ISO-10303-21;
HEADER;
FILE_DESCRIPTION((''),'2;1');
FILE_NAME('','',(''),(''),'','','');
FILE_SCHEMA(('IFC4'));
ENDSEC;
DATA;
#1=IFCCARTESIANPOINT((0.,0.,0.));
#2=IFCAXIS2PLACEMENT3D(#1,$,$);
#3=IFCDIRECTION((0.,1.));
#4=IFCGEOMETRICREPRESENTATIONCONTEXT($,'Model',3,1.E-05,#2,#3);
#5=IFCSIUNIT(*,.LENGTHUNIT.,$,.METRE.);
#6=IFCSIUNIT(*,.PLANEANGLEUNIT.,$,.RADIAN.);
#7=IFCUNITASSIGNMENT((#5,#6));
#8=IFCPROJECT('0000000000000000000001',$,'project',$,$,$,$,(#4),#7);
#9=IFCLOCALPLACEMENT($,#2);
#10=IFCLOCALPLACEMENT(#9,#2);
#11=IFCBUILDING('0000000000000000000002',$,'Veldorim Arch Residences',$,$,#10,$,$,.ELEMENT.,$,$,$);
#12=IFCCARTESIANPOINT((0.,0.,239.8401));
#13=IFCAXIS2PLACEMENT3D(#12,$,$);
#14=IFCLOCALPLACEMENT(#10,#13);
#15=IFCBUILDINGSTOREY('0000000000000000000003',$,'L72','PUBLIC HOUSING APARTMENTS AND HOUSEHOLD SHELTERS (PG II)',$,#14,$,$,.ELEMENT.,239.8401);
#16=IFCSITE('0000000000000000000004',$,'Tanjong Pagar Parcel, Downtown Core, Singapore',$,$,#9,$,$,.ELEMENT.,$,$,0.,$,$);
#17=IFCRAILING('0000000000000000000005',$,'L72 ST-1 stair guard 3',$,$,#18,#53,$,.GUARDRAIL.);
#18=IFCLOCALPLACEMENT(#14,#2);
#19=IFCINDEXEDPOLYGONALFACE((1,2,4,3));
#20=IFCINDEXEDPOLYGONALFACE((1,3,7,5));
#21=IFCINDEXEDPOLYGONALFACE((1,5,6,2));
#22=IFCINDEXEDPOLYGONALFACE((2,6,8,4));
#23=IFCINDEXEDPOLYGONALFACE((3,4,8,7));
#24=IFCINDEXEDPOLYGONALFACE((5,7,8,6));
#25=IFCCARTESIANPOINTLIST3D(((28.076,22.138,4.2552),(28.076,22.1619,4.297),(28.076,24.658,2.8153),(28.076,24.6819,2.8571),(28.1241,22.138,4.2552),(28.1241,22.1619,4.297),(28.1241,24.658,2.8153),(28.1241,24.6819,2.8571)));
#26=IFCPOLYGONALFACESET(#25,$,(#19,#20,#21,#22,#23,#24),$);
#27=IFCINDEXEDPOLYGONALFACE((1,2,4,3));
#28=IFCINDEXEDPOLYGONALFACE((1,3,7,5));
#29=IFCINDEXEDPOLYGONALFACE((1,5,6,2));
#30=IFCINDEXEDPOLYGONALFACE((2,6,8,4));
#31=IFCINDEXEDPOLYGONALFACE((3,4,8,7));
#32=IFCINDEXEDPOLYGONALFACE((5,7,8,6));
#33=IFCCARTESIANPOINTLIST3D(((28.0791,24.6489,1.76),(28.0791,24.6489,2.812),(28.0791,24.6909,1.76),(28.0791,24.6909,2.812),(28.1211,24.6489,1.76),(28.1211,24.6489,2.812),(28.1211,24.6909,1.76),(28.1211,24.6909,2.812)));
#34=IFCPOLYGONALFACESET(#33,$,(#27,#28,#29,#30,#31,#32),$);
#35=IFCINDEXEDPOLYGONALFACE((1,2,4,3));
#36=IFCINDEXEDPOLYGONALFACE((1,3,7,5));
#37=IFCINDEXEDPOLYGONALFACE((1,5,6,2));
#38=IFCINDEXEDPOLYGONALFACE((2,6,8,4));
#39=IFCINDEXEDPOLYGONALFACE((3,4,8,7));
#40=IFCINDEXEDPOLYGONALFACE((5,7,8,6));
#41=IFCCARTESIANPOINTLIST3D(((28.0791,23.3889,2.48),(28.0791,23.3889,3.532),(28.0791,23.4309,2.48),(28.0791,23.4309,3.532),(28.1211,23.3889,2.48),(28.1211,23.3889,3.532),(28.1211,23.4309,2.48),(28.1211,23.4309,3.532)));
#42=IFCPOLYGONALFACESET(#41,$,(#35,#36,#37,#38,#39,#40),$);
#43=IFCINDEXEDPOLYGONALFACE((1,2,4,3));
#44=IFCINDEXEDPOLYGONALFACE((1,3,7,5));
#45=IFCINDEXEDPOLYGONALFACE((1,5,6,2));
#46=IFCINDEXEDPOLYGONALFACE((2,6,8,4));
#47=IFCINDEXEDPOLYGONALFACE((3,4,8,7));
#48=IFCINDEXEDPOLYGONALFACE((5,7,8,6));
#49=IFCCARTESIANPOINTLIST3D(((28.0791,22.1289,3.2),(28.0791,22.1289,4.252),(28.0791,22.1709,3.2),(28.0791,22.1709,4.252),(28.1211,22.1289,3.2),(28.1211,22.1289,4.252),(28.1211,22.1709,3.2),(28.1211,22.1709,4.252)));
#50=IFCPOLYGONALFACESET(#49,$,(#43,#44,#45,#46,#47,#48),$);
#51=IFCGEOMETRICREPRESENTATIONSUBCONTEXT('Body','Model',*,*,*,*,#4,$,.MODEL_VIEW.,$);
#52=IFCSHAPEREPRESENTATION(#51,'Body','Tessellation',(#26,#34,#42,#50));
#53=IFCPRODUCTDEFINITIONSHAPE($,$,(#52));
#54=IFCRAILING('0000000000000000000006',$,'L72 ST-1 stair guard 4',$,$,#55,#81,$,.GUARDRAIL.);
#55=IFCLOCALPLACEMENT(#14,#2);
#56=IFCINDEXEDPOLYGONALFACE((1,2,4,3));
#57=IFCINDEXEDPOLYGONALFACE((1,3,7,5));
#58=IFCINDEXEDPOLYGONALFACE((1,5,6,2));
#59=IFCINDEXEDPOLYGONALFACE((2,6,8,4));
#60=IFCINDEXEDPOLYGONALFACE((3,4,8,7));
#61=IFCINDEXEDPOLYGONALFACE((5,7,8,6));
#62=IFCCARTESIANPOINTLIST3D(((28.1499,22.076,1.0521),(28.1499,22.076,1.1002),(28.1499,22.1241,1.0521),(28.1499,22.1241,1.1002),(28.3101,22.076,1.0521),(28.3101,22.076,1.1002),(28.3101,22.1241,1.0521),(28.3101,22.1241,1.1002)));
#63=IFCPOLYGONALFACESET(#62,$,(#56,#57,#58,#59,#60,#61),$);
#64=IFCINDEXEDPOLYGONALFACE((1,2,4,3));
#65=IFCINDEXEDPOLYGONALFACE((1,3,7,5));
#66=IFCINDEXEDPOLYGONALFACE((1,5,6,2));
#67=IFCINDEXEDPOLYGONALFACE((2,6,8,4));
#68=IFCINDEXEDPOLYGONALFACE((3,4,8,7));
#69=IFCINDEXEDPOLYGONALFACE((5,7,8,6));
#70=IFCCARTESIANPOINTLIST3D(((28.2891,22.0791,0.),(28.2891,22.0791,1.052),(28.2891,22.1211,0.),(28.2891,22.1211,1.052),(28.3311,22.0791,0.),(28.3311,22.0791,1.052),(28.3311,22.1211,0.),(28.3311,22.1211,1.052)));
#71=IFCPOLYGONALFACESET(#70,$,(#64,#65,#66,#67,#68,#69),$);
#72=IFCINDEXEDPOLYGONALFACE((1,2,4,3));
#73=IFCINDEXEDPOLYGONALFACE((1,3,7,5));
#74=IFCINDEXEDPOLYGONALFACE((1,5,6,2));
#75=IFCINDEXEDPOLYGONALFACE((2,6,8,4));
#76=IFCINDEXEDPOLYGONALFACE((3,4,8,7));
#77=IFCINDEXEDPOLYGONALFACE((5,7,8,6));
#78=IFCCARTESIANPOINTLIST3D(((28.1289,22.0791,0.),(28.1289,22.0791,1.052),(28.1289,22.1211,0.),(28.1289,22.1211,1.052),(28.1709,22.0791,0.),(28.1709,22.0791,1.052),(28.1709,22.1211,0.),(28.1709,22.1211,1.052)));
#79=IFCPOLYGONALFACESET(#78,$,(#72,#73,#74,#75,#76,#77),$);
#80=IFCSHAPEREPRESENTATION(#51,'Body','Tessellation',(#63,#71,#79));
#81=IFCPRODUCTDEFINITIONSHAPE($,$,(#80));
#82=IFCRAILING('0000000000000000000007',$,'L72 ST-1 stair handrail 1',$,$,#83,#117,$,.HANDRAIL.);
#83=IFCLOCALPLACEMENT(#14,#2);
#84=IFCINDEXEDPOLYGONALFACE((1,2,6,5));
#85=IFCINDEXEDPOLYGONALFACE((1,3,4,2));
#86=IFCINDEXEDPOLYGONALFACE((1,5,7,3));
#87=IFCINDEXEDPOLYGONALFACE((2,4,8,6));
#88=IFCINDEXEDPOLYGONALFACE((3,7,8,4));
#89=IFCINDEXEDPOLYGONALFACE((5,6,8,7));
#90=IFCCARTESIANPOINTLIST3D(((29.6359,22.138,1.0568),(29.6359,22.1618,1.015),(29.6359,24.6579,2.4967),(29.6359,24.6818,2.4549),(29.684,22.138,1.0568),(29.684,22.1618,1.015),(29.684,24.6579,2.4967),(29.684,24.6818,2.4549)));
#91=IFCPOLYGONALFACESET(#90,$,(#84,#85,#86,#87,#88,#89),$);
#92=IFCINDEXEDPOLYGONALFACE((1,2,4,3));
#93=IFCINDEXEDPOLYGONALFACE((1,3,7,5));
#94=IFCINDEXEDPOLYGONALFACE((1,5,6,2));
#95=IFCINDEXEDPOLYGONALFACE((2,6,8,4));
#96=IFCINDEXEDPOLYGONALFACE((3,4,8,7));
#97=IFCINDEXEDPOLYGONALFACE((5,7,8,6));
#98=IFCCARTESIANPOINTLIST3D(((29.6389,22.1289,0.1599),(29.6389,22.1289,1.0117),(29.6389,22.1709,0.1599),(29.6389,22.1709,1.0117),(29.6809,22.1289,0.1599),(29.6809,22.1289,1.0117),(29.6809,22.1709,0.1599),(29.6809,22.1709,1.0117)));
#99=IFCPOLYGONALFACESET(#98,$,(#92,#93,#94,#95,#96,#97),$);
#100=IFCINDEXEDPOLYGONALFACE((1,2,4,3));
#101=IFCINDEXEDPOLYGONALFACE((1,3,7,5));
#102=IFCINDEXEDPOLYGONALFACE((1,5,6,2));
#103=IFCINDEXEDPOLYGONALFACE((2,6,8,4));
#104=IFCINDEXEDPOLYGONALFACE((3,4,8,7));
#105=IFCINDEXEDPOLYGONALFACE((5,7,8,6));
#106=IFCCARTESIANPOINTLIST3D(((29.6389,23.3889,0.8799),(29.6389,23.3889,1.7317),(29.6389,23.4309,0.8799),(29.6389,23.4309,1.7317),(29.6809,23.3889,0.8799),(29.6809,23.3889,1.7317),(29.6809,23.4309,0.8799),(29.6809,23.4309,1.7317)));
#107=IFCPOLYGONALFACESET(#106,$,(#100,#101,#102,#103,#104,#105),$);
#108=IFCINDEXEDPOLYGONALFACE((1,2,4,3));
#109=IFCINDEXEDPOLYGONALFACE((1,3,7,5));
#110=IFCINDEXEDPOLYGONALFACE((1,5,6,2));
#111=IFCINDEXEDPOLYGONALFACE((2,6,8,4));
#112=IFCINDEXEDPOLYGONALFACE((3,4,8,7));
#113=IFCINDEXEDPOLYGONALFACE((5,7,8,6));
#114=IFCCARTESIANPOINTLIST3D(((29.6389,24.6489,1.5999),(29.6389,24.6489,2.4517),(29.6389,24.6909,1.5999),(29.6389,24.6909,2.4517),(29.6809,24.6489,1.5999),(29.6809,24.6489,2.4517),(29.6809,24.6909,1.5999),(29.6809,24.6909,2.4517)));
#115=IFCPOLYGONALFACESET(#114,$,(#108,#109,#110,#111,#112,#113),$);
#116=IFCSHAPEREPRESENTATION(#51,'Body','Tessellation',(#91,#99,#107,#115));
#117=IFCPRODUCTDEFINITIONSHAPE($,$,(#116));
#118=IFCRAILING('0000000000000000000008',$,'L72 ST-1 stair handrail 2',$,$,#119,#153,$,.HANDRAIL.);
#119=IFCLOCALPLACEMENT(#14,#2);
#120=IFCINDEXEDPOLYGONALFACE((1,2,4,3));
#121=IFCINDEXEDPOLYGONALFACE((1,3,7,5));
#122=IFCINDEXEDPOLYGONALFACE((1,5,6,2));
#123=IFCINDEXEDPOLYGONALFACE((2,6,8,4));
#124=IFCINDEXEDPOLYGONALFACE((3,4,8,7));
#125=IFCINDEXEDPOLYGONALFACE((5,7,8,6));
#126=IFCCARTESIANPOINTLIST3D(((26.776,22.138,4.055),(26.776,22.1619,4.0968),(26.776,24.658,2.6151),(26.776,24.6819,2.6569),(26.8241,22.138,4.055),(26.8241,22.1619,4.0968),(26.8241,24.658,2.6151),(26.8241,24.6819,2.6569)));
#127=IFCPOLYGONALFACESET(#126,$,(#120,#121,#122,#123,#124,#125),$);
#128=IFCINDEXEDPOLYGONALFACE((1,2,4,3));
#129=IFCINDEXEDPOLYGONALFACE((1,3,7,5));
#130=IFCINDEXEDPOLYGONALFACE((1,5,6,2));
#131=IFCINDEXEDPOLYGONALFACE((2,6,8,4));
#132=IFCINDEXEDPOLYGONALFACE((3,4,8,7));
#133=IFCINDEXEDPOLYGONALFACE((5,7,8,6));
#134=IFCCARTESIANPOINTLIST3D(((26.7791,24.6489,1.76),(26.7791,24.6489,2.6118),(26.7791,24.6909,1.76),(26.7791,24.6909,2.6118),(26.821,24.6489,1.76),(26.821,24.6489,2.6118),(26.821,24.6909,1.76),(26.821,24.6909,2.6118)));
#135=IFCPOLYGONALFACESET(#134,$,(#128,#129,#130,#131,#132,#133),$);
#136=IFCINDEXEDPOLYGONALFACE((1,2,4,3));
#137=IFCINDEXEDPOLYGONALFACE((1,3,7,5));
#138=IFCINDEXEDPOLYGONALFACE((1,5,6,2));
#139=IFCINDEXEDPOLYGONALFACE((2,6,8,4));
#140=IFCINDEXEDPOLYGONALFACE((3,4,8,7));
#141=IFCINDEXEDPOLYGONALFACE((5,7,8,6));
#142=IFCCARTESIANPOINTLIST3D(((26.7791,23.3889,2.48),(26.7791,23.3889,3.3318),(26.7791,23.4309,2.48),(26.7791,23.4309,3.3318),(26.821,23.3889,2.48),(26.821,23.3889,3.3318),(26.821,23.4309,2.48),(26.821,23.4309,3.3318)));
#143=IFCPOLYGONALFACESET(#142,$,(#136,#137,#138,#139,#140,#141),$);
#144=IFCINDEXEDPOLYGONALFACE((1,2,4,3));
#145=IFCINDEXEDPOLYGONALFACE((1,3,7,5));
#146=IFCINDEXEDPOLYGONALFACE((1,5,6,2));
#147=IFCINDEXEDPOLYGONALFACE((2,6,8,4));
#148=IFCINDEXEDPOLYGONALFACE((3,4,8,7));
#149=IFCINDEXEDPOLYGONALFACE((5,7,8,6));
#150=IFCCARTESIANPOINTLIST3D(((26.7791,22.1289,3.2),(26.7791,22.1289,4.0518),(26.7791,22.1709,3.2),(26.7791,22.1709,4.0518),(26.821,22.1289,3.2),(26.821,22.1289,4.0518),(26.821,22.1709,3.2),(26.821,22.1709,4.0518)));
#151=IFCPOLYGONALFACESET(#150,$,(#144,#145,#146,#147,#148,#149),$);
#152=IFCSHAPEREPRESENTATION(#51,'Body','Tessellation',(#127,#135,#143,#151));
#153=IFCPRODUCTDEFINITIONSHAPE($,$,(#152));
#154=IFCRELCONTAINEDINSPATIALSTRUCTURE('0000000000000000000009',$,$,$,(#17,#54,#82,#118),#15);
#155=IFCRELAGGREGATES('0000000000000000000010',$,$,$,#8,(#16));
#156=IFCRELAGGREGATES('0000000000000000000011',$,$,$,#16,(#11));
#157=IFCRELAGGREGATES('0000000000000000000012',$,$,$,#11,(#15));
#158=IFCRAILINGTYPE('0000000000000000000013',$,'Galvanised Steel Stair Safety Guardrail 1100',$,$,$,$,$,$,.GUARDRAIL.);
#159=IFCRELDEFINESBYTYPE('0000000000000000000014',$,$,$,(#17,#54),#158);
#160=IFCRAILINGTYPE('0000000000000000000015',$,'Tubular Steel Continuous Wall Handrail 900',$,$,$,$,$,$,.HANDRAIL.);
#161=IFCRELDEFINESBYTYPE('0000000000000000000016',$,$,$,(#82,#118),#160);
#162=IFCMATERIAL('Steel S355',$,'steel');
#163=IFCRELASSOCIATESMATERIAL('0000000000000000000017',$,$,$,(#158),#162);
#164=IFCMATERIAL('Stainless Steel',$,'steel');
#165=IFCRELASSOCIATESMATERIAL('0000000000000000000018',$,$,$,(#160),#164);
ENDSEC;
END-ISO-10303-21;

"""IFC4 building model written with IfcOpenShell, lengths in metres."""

from ifc_helpers import new_model, si_unit, direction, frame, origin, origin_2d, place, context, subcontext, project, spatial, rectangle, extrude, material, type_object, element, save


model = new_model("IFC4")

# Units and contexts
model_context = context("Model", 3, precision=1e-05, world=origin(), true_north=direction((0.0, 1.0)))
body_context = subcontext(model_context, "Body", "Model", "MODEL_VIEW")
ifc_project = project(units=[si_unit("LENGTHUNIT", "METRE"), si_unit("PLANEANGLEUNIT", "RADIAN")], contexts=[model_context])

# Site, building, storey
site_placement = place(None, origin())
site = spatial("IfcSite", under=ifc_project, at=site_placement, Name="Tanjong Pagar Parcel, Downtown Core, Singapore", CompositionType="ELEMENT", RefElevation=0.0)
building_placement = place(site_placement, origin())
building = spatial("IfcBuilding", under=site, at=building_placement, Name="Veldorim Arch Residences", CompositionType="ELEMENT")
storey_placement = place(building_placement, frame((0.0, 0.0, 239.8401)))
storey = spatial("IfcBuildingStorey", under=building, at=storey_placement, Name="L72", Description="PUBLIC HOUSING APARTMENTS AND HOUSEHOLD SHELTERS (PG II)", CompositionType="ELEMENT", Elevation=239.8401)

# Railings
ifc_material_1 = material(Name="Steel S355", Category="steel")
railing_type_1 = type_object("IfcRailingType", Name="Galvanised Steel Stair Safety Guardrail 1100", PredefinedType="GUARDRAIL", material=ifc_material_1)
railing_1_placement = place(storey_placement, frame((28.1001, 24.6699, 1.76)))
element("IfcRailing", 1, at=railing_1_placement, inside=storey, type_object=railing_type_1, Name="L72 ST-1 stair guard 3", PredefinedType="GUARDRAIL", context=body_context, shape_type="SweptSolid", body=[
    extrude(rectangle(XDim=0.0481, YDim=0.0481, at=origin_2d()), frame((0.0, 0.0, 1.0762), z_axis=(0.0, -0.868253, 0.496121), x_axis=(1.0, 0.0, 0.0)), (0.0, 0.0, 1.0), 2.9023),
    extrude(rectangle(XDim=0.042, YDim=0.042, at=origin_2d()), origin(), (0.0, 0.0, 1.0), 1.052),
    extrude(rectangle(XDim=0.042, YDim=0.042, at=origin_2d()), frame((0.0, -1.26, 0.72)), (0.0, 0.0, 1.0), 1.052),
    extrude(rectangle(XDim=0.042, YDim=0.042, at=origin_2d()), frame((0.0, -2.52, 1.4399)), (0.0, 0.0, 1.0), 1.052),
])
railing_2_placement = place(storey_placement, frame((28.3101, 22.1001, 0.0)))
element("IfcRailing", 2, at=railing_2_placement, inside=storey, type_object=railing_type_1, Name="L72 ST-1 stair guard 4", PredefinedType="GUARDRAIL", context=body_context, shape_type="SweptSolid", body=[
    extrude(rectangle(XDim=0.0481, YDim=0.0481, at=origin_2d()), frame((0.0, 0.0, 1.0762), z_axis=(-1.0, 0.0, 0.0), x_axis=(0.0, -1.0, 0.0)), (0.0, 0.0, 1.0), 0.1602),
    extrude(rectangle(XDim=0.042, YDim=0.042, at=origin_2d()), origin(), (0.0, 0.0, 1.0), 1.052),
    extrude(rectangle(XDim=0.042, YDim=0.042, at=origin_2d()), frame((-0.1602, 0.0, 0.0)), (0.0, 0.0, 1.0), 1.052),
])
ifc_material_2 = material(Name="Stainless Steel", Category="steel")
railing_type_2 = type_object("IfcRailingType", Name="Tubular Steel Continuous Wall Handrail 900", PredefinedType="HANDRAIL", material=ifc_material_2)
railing_3_placement = place(storey_placement, frame((29.6599, 22.1499, 0.1599)))
element("IfcRailing", 3, at=railing_3_placement, inside=storey, type_object=railing_type_2, Name="L72 ST-1 stair handrail 1", PredefinedType="HANDRAIL", context=body_context, shape_type="SweptSolid", body=[
    extrude(rectangle(XDim=0.0481, YDim=0.0481, at=origin_2d()), frame((0.0, 0.0, 0.876), z_axis=(0.0, 0.868253, 0.496121), x_axis=(-1.0, 0.0, 0.0)), (0.0, 0.0, 1.0), 2.9023),
    extrude(rectangle(XDim=0.042, YDim=0.042, at=origin_2d()), origin(), (0.0, 0.0, 1.0), 0.8518),
    extrude(rectangle(XDim=0.042, YDim=0.042, at=origin_2d()), frame((0.0, 1.26, 0.72)), (0.0, 0.0, 1.0), 0.8518),
    extrude(rectangle(XDim=0.042, YDim=0.042, at=origin_2d()), frame((0.0, 2.52, 1.4399)), (0.0, 0.0, 1.0), 0.8518),
])
railing_4_placement = place(storey_placement, frame((26.8, 24.6699, 1.76)))
element("IfcRailing", 4, at=railing_4_placement, inside=storey, type_object=railing_type_2, Name="L72 ST-1 stair handrail 2", PredefinedType="HANDRAIL", context=body_context, shape_type="SweptSolid", body=[
    extrude(rectangle(XDim=0.0481, YDim=0.0481, at=origin_2d()), frame((0.0, 0.0, 0.876), z_axis=(0.0, -0.868253, 0.496121), x_axis=(1.0, 0.0, 0.0)), (0.0, 0.0, 1.0), 2.9023),
    extrude(rectangle(XDim=0.042, YDim=0.042, at=origin_2d()), origin(), (0.0, 0.0, 1.0), 0.8518),
    extrude(rectangle(XDim=0.042, YDim=0.042, at=origin_2d()), frame((0.0, -1.26, 0.72)), (0.0, 0.0, 1.0), 0.8518),
    extrude(rectangle(XDim=0.042, YDim=0.042, at=origin_2d()), frame((0.0, -2.52, 1.4399)), (0.0, 0.0, 1.0), 0.8518),
])

save(model, "model.ifc")
